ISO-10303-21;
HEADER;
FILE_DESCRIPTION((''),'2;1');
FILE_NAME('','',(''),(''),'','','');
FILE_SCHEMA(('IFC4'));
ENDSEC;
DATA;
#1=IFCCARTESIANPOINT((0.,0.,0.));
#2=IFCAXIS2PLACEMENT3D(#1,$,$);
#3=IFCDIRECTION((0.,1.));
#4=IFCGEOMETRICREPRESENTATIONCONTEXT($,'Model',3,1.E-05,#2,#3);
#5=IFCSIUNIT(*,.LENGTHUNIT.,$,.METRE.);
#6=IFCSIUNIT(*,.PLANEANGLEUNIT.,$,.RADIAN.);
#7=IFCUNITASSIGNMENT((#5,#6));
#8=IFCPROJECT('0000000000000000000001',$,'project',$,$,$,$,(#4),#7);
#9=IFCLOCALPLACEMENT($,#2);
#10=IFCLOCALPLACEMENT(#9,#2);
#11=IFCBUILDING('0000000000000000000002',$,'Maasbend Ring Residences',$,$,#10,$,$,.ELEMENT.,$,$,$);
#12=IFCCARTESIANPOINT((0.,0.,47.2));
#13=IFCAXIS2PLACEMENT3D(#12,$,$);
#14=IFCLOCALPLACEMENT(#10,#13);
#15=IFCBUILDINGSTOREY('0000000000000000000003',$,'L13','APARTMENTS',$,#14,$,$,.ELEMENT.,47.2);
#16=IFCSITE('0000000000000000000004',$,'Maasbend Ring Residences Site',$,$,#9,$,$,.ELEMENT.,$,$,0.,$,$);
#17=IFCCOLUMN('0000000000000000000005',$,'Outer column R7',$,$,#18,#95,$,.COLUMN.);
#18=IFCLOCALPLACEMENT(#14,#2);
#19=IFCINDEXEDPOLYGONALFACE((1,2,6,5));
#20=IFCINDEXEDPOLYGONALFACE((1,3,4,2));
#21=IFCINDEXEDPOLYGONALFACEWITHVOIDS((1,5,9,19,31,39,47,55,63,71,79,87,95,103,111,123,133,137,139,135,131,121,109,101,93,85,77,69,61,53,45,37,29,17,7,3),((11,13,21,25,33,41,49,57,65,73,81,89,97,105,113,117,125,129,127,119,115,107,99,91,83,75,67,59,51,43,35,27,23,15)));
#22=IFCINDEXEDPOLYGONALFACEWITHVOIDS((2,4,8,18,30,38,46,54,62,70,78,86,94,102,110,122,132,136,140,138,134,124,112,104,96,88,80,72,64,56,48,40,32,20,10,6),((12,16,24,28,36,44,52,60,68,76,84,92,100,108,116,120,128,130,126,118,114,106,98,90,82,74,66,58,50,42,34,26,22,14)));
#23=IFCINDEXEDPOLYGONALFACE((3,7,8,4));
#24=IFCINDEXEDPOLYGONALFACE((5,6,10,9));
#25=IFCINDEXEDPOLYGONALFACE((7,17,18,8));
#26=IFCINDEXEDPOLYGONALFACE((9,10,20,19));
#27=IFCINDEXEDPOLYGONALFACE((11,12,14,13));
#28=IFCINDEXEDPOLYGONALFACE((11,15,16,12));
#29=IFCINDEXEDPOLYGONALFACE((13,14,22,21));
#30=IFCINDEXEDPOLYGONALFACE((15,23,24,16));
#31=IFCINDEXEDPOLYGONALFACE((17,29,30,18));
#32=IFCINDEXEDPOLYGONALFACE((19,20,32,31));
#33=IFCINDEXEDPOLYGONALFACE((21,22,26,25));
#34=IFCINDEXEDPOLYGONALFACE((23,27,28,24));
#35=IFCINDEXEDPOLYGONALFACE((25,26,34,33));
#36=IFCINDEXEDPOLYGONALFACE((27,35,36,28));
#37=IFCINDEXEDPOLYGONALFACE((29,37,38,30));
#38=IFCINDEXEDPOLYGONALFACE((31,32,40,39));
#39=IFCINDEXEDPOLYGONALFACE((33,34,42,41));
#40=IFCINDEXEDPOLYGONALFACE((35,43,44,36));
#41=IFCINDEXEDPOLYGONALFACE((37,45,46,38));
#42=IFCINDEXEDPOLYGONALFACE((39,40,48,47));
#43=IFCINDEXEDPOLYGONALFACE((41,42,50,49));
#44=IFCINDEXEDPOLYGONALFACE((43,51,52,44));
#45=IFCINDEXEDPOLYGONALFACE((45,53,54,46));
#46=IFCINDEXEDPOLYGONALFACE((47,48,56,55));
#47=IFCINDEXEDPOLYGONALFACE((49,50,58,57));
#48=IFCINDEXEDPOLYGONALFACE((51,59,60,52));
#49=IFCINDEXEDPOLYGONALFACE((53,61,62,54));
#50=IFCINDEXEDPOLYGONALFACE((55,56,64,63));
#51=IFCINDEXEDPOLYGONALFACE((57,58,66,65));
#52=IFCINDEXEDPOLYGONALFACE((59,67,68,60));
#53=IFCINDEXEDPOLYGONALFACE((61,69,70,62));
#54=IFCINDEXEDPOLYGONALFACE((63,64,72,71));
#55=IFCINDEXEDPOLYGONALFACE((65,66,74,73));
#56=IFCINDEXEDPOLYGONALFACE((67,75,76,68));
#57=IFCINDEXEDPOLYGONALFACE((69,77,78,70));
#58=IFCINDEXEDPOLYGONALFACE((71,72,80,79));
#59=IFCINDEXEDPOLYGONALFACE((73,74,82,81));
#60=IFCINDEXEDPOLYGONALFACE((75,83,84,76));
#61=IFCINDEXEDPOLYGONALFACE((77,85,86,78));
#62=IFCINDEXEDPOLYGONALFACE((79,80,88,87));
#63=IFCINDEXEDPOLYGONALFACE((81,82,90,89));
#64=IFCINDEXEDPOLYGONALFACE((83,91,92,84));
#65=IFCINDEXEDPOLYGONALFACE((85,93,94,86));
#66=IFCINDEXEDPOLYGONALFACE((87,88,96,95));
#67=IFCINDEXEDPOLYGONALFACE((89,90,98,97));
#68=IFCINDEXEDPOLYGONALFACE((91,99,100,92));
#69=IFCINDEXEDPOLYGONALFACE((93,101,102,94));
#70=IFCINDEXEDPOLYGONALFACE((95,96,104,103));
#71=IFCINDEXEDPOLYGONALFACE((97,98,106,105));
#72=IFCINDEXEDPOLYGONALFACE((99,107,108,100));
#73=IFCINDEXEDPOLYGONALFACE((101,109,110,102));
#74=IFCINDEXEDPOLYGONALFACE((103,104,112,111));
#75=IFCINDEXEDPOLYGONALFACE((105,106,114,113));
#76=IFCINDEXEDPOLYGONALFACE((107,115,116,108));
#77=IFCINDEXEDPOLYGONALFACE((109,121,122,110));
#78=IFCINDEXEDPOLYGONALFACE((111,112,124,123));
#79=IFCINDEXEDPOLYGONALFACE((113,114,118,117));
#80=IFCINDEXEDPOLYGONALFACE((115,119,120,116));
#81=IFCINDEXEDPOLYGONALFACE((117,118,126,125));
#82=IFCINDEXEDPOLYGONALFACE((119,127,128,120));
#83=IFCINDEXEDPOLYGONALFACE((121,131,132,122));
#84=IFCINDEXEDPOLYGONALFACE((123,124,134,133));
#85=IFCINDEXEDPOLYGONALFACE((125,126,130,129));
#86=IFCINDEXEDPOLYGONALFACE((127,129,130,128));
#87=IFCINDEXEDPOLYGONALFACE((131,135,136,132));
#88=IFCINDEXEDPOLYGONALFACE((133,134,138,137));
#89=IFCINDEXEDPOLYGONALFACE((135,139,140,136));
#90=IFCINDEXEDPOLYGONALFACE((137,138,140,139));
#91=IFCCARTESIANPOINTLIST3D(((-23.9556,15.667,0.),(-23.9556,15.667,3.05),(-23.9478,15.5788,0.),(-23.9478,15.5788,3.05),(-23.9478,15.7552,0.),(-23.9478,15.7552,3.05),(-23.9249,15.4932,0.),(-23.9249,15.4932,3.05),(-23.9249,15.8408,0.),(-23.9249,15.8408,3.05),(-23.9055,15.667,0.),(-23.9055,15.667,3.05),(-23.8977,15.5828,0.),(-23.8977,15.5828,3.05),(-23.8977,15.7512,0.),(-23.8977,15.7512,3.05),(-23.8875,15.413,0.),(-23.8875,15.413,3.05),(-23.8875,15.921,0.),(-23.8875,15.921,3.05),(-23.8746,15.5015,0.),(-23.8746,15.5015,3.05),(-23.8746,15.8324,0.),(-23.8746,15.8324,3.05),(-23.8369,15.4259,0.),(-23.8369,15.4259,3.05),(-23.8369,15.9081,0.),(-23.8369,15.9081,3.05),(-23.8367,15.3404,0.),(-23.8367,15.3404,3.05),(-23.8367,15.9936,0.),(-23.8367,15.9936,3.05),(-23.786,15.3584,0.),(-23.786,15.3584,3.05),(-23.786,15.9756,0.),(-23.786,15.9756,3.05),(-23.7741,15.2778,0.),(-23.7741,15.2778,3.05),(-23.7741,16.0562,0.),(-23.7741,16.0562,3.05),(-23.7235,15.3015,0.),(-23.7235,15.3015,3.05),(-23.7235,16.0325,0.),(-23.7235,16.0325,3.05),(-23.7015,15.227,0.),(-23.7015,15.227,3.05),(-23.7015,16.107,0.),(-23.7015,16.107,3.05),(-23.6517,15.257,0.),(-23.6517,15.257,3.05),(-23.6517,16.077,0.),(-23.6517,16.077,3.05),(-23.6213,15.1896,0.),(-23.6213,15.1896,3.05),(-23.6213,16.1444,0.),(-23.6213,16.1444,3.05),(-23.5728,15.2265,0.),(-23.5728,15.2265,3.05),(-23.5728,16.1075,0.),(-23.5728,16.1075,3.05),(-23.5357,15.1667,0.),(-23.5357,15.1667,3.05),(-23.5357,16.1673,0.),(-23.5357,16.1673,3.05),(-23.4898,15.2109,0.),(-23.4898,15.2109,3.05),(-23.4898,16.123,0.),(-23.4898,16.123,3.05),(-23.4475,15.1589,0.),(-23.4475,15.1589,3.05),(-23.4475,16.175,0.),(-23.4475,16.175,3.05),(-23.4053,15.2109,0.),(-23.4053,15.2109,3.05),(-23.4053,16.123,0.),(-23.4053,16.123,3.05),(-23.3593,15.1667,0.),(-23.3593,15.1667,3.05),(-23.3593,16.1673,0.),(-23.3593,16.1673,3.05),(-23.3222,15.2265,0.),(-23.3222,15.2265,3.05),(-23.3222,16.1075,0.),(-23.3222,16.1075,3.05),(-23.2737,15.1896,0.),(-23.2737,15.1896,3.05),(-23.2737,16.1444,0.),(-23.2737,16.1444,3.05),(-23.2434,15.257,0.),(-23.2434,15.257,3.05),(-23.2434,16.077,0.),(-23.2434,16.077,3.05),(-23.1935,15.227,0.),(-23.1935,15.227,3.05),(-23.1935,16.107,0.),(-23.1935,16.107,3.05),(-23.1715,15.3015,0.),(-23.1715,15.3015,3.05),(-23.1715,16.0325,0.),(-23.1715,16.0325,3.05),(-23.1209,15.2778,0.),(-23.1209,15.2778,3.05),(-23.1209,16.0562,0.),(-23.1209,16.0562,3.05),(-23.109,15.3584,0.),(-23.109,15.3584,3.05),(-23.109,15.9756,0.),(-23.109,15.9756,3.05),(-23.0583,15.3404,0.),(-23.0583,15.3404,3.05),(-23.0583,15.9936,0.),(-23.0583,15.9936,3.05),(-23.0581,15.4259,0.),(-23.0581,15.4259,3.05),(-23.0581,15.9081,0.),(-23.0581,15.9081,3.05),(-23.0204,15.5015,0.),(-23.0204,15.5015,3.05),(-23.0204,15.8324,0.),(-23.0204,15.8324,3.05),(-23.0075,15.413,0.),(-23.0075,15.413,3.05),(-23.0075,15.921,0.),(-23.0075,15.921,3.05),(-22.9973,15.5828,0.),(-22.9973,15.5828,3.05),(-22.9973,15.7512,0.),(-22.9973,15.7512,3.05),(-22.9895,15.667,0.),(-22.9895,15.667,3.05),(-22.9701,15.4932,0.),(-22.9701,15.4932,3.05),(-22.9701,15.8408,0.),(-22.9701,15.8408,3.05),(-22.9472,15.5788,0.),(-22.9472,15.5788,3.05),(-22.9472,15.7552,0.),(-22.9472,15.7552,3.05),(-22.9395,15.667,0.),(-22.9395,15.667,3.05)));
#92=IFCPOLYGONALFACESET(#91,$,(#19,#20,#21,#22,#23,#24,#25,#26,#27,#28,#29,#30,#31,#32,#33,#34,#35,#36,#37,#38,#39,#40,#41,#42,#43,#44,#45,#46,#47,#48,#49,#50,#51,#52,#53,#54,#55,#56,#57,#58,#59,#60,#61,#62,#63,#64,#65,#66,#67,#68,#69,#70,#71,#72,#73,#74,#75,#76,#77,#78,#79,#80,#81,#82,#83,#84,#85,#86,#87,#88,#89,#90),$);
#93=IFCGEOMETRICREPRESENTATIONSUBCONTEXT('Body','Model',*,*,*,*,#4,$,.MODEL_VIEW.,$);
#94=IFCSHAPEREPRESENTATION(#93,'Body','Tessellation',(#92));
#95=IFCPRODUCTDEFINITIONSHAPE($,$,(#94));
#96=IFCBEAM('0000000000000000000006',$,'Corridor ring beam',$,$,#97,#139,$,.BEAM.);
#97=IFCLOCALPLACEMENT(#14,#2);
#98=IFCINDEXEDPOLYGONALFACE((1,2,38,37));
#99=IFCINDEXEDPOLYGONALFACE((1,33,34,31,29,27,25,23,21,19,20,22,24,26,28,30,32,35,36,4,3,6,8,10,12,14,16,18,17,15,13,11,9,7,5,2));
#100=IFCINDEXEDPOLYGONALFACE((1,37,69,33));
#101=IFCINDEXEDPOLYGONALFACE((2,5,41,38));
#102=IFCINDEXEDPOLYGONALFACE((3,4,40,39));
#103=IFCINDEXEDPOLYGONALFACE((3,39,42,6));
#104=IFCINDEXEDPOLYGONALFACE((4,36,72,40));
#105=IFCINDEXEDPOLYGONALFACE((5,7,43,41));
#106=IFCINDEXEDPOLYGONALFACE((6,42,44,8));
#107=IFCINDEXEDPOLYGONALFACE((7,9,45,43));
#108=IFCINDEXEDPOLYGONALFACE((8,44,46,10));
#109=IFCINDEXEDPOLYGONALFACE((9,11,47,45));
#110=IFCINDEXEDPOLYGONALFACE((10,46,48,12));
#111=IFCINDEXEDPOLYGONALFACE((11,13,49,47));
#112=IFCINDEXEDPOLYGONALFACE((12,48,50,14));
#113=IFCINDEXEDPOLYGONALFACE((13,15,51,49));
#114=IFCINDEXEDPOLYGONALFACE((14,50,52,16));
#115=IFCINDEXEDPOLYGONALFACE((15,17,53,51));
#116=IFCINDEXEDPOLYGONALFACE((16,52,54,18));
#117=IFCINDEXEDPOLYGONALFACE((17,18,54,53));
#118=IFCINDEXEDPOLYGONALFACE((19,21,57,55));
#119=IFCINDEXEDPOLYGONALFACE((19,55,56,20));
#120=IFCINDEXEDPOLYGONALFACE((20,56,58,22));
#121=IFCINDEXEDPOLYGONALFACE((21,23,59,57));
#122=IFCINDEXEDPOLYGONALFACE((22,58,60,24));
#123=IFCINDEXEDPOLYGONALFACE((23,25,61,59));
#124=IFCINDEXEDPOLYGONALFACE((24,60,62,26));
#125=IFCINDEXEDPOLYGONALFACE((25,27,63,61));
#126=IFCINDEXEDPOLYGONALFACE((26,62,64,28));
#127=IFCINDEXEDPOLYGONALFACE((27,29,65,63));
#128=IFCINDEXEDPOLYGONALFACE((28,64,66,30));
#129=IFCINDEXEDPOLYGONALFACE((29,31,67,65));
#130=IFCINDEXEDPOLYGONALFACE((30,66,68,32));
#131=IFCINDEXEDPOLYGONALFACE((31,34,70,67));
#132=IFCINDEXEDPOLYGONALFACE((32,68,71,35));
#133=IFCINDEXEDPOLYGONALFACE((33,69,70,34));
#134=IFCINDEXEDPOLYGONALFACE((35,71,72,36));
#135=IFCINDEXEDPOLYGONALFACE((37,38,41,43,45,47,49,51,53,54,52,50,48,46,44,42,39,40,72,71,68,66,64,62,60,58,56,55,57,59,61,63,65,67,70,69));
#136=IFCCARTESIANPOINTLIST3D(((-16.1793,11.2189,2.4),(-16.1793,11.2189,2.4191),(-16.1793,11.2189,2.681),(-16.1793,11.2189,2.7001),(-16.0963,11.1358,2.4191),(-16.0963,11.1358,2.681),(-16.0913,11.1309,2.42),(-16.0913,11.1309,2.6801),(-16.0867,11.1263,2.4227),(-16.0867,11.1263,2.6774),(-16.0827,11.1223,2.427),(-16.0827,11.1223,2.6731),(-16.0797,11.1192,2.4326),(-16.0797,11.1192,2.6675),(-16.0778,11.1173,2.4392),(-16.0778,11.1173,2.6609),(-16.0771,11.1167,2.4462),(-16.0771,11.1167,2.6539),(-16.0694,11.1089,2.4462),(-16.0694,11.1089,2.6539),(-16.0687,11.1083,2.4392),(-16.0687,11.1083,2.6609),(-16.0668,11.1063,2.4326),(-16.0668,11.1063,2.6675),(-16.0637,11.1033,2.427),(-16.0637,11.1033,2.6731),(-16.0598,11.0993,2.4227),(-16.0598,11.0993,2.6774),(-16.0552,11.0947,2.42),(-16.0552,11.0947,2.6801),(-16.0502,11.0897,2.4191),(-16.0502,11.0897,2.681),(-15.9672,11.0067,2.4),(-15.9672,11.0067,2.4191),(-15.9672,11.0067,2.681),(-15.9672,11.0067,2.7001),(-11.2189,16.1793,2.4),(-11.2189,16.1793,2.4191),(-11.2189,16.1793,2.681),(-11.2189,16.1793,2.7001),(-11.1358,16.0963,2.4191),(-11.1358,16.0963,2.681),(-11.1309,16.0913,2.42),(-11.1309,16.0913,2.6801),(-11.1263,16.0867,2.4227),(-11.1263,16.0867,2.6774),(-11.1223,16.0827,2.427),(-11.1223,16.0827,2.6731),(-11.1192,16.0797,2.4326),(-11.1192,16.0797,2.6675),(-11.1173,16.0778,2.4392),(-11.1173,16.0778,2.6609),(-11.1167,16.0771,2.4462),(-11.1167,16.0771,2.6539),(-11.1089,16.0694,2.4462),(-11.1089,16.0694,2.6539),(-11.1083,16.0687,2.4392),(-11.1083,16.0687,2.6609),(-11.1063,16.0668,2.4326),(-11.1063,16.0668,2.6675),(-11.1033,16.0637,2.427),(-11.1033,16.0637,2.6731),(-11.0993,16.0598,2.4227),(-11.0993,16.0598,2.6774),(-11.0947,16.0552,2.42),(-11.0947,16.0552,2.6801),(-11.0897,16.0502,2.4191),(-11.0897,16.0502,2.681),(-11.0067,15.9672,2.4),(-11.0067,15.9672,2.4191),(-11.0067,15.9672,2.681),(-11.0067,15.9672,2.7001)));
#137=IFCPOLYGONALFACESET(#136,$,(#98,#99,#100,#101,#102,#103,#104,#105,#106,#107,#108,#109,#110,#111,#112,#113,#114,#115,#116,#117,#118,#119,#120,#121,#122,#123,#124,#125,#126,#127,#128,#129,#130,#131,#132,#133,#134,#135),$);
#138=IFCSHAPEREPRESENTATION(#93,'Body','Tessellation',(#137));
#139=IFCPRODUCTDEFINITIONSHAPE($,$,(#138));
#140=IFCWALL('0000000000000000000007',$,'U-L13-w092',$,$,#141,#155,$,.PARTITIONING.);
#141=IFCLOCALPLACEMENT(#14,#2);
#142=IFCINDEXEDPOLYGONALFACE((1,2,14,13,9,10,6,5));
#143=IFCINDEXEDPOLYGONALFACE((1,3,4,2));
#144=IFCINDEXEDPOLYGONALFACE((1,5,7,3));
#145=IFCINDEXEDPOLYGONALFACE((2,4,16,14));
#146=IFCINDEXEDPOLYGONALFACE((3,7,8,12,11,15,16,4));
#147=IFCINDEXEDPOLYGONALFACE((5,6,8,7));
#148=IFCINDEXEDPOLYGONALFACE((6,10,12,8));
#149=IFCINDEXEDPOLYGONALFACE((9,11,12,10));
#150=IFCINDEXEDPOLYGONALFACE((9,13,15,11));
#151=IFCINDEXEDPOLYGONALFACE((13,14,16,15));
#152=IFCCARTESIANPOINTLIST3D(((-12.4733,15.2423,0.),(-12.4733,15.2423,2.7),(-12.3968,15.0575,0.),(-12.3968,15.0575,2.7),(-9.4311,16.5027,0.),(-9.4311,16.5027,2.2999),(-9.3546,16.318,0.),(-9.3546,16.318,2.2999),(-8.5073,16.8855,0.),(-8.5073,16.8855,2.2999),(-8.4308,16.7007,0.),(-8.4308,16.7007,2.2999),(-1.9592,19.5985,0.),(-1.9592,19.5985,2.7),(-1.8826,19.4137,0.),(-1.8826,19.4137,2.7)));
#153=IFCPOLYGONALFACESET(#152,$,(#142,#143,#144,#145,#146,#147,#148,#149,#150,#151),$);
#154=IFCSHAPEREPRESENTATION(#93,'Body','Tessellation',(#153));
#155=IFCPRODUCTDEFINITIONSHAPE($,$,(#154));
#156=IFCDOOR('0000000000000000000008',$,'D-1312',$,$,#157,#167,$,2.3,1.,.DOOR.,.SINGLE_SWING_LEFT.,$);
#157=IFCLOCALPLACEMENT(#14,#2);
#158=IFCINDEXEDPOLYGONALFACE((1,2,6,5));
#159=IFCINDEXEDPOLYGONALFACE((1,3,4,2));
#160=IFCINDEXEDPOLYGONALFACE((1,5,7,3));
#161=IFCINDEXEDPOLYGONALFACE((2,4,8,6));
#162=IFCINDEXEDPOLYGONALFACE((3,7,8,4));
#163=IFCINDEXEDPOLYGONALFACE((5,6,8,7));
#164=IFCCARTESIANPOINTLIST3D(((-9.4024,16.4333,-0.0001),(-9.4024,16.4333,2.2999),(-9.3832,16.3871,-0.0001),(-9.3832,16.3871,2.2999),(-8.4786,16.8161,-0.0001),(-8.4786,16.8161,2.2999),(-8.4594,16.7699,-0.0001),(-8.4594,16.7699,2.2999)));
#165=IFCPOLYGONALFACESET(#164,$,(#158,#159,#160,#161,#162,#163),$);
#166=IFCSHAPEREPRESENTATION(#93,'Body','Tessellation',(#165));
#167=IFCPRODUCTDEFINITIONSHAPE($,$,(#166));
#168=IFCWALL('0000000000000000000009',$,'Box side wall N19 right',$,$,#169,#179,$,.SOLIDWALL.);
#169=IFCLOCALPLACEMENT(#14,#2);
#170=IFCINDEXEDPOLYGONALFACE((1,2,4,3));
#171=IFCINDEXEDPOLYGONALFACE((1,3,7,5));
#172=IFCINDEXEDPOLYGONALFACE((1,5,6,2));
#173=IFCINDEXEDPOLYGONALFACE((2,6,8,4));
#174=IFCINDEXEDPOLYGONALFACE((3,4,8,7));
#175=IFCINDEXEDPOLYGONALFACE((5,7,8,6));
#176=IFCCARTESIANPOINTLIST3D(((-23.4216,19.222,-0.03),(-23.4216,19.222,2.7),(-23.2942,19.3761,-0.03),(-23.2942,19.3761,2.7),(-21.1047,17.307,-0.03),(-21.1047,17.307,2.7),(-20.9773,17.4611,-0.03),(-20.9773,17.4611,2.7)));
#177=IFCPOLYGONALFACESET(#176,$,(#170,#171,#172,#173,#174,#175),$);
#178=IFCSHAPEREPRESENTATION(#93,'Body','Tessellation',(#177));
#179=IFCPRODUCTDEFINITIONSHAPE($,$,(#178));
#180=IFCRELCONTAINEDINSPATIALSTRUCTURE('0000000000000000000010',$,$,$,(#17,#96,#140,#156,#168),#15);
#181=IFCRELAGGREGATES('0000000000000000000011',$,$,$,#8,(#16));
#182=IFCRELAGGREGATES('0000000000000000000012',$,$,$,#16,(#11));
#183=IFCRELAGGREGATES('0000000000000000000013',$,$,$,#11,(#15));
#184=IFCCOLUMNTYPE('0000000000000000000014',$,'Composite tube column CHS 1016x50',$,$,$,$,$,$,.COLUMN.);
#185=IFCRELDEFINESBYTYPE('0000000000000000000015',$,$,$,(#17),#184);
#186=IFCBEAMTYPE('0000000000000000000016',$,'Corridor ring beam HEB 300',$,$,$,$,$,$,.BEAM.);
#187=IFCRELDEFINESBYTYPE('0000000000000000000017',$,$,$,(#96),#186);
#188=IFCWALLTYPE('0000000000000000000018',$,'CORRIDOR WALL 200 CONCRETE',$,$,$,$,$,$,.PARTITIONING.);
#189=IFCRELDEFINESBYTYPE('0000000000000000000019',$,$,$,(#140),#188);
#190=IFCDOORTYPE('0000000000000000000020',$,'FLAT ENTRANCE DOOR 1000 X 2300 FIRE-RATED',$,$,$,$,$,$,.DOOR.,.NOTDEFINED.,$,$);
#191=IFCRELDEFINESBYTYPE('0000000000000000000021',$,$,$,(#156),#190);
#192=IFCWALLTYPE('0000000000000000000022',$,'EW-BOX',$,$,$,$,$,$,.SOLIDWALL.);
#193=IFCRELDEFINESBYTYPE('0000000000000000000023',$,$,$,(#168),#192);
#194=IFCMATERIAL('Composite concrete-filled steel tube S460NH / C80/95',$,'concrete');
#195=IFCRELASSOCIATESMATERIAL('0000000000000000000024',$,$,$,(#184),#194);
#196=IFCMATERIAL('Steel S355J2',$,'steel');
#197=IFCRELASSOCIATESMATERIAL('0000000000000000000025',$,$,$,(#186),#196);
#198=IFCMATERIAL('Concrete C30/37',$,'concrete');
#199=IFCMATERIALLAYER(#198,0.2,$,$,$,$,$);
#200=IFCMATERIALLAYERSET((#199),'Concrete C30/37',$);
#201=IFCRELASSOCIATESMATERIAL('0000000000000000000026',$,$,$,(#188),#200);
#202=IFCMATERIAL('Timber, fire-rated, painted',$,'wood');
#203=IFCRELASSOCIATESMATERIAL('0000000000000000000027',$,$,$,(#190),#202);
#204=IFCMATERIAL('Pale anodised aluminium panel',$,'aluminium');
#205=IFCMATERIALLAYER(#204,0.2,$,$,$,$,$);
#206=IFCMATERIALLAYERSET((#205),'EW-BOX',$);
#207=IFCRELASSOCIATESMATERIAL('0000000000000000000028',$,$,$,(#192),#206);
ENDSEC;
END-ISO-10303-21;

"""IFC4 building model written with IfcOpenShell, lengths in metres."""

from ifc_helpers import new_model, si_unit, direction, frame, frame_2d, origin, origin_2d, place, context, subcontext, project, spatial, rectangle, hollow_circle, i_section, extrude, material, layer, layer_set, material_profile, profile_set, type_object, element, fill, save


model = new_model("IFC4")

# Units and contexts
model_context = context("Model", 3, precision=1e-05, world=origin(), true_north=direction((0.0, 1.0)))
body_context = subcontext(model_context, "Body", "Model", "MODEL_VIEW")
ifc_project = project(units=[si_unit("LENGTHUNIT", "METRE"), si_unit("PLANEANGLEUNIT", "RADIAN")], contexts=[model_context])

# Site, building, storey
site_placement = place(None, origin())
site = spatial("IfcSite", under=ifc_project, at=site_placement, Name="Maasbend Ring Residences Site", CompositionType="ELEMENT", RefElevation=0.0)
building_placement = place(site_placement, origin())
building = spatial("IfcBuilding", under=site, at=building_placement, Name="Maasbend Ring Residences", CompositionType="ELEMENT")
storey_placement = place(building_placement, frame((0.0, 0.0, 47.2)))
storey = spatial("IfcBuildingStorey", under=building, at=storey_placement, Name="L13", Description="APARTMENTS", CompositionType="ELEMENT", Elevation=47.2)

# Column
ifc_material_1 = material(Name="Composite concrete-filled steel tube S460NH / C80/95", Category="concrete")
ifc_material_profile_1 = material_profile(ifc_material_1, hollow_circle(Radius=0.5081, WallThickness=0.05, at=origin_2d()), Name="Composite tube column CHS 1016x50")
ifc_profile_set_1 = profile_set([ifc_material_profile_1], Name="Composite concrete-filled steel tube S460NH / C80/95")
column_type = type_object("IfcColumnType", Name="Composite tube column CHS 1016x50", PredefinedType="COLUMN", material=ifc_profile_set_1)
column_placement = place(storey_placement, frame((-23.4475, 15.667, 0.0), z_axis=(0.0, 0.0, 1.0), x_axis=(1.0, 0.0, 0.0)))
element("IfcColumn", 1, at=column_placement, inside=storey, type_object=column_type, Name="Outer column R7", PredefinedType="COLUMN", context=body_context, shape_type="SweptSolid", body=[
    extrude(hollow_circle(Radius=0.5081, WallThickness=0.05, at=origin_2d()), origin(), (0.0, 0.0, 1.0), 3.05),
])

# Beam
ifc_material_2 = material(Name="Steel S355J2", Category="steel")
ifc_material_profile_2 = material_profile(ifc_material_2, i_section(OverallWidth=0.3, OverallDepth=0.3, WebThickness=0.011, FlangeThickness=0.019, FilletRadius=0.0271, at=origin_2d()), Name="HEB 300")
ifc_profile_set_2 = profile_set([ifc_material_profile_2], Name="Steel S355J2")
beam_type = type_object("IfcBeamType", Name="Corridor ring beam HEB 300", PredefinedType="BEAM", material=ifc_profile_set_2)
beam_placement = place(storey_placement, frame((-11.1128, 16.0732, 2.55), z_axis=(-0.707107, -0.707107, 0.0), x_axis=(0.707107, -0.707107, 0.0)))
element("IfcBeam", 2, at=beam_placement, inside=storey, type_object=beam_type, Name="Corridor ring beam", PredefinedType="BEAM", context=body_context, shape_type="SweptSolid", body=[
    extrude(i_section(OverallWidth=0.3, OverallDepth=0.3, WebThickness=0.011, FlangeThickness=0.019, FilletRadius=0.0271, at=origin_2d()), origin(), (0.0, 0.0, 1.0), 7.0151),
])

# Wall, opening, door
ifc_material_3 = material(Name="Concrete C30/37", Category="concrete")
ifc_layer_1 = layer(ifc_material_3, 0.2)
ifc_layer_set_1 = layer_set([ifc_layer_1], Name="Concrete C30/37")
wall_type_1 = type_object("IfcWallType", Name="CORRIDOR WALL 200 CONCRETE", PredefinedType="PARTITIONING", material=ifc_layer_set_1)
wall_1_placement = place(storey_placement, frame((-12.4351, 15.1499, 0.0), z_axis=(0.0, 0.0, 1.0), x_axis=(0.923846, 0.382765, 0.0)))
wall_1 = element("IfcWall", 3, at=wall_1_placement, inside=storey, type_object=wall_type_1, Name="U-L13-w092", PredefinedType="PARTITIONING", context=body_context, shape_type="SweptSolid", body=[
    extrude(rectangle(XDim=11.3809, YDim=0.2, at=frame_2d((5.6904, 0.0))), origin(), (0.0, 0.0, 1.0), 2.7),
])
opening_1_placement = place(wall_1_placement, frame((3.293, 0.0, 0.0)))
opening_1 = element("IfcOpeningElement", 4, at=opening_1_placement, cuts=wall_1, PredefinedType="OPENING", context=body_context, shape_type="SweptSolid", body=[
    extrude(rectangle(XDim=1.0, YDim=2.3, at=frame_2d((0.5, 1.1499))), frame((0.0, 0.1099, 0.0), z_axis=(0.0, -1.0, 0.0), x_axis=(1.0, 0.0, 0.0)), (0.0, 0.0, 1.0), 0.22),
])
ifc_material_4 = material(Name="Timber, fire-rated, painted", Category="wood")
door_type_1 = type_object("IfcDoorType", Name="FLAT ENTRANCE DOOR 1000 X 2300 FIRE-RATED", OperationType="NOTDEFINED", PredefinedType="DOOR", material=ifc_material_4)
door_1_placement = place(opening_1_placement, origin())
door_1 = element("IfcDoor", 5, at=door_1_placement, inside=storey, type_object=door_type_1, Name="D-1312", OperationType="SINGLE_SWING_LEFT", OverallHeight=2.3, OverallWidth=1.0, PredefinedType="DOOR", context=body_context, shape_type="SweptSolid", body=[
    extrude(rectangle(XDim=1.0, YDim=2.3, at=frame_2d((0.5, 1.1499))), frame((0.0, 0.0249, 0.0), z_axis=(0.0, -1.0, 0.0), x_axis=(1.0, 0.0, 0.0)), (0.0, 0.0, 1.0), 0.05),
])
fill(opening_1, door_1)

# Wall
ifc_material_5 = material(Name="Pale anodised aluminium panel", Category="aluminium")
ifc_layer_2 = layer(ifc_material_5, 0.2)
ifc_layer_set_2 = layer_set([ifc_layer_2], Name="EW-BOX")
wall_type_2 = type_object("IfcWallType", Name="EW-BOX", PredefinedType="SOLIDWALL", material=ifc_layer_set_2)
wall_2_placement = place(storey_placement, frame((-21.041, 17.384, -0.03), z_axis=(0.0, 0.0, 1.0), x_axis=(-0.770785, 0.637096, 0.0)))
element("IfcWall", 6, at=wall_2_placement, inside=storey, type_object=wall_type_2, Name="Box side wall N19 right", PredefinedType="SOLIDWALL", context=body_context, shape_type="SweptSolid", body=[
    extrude(rectangle(XDim=3.0059, YDim=0.2, at=frame_2d((1.5029, 0.0))), origin(), (0.0, 0.0, 1.0), 2.73),
])

save(model, "model.ifc")
